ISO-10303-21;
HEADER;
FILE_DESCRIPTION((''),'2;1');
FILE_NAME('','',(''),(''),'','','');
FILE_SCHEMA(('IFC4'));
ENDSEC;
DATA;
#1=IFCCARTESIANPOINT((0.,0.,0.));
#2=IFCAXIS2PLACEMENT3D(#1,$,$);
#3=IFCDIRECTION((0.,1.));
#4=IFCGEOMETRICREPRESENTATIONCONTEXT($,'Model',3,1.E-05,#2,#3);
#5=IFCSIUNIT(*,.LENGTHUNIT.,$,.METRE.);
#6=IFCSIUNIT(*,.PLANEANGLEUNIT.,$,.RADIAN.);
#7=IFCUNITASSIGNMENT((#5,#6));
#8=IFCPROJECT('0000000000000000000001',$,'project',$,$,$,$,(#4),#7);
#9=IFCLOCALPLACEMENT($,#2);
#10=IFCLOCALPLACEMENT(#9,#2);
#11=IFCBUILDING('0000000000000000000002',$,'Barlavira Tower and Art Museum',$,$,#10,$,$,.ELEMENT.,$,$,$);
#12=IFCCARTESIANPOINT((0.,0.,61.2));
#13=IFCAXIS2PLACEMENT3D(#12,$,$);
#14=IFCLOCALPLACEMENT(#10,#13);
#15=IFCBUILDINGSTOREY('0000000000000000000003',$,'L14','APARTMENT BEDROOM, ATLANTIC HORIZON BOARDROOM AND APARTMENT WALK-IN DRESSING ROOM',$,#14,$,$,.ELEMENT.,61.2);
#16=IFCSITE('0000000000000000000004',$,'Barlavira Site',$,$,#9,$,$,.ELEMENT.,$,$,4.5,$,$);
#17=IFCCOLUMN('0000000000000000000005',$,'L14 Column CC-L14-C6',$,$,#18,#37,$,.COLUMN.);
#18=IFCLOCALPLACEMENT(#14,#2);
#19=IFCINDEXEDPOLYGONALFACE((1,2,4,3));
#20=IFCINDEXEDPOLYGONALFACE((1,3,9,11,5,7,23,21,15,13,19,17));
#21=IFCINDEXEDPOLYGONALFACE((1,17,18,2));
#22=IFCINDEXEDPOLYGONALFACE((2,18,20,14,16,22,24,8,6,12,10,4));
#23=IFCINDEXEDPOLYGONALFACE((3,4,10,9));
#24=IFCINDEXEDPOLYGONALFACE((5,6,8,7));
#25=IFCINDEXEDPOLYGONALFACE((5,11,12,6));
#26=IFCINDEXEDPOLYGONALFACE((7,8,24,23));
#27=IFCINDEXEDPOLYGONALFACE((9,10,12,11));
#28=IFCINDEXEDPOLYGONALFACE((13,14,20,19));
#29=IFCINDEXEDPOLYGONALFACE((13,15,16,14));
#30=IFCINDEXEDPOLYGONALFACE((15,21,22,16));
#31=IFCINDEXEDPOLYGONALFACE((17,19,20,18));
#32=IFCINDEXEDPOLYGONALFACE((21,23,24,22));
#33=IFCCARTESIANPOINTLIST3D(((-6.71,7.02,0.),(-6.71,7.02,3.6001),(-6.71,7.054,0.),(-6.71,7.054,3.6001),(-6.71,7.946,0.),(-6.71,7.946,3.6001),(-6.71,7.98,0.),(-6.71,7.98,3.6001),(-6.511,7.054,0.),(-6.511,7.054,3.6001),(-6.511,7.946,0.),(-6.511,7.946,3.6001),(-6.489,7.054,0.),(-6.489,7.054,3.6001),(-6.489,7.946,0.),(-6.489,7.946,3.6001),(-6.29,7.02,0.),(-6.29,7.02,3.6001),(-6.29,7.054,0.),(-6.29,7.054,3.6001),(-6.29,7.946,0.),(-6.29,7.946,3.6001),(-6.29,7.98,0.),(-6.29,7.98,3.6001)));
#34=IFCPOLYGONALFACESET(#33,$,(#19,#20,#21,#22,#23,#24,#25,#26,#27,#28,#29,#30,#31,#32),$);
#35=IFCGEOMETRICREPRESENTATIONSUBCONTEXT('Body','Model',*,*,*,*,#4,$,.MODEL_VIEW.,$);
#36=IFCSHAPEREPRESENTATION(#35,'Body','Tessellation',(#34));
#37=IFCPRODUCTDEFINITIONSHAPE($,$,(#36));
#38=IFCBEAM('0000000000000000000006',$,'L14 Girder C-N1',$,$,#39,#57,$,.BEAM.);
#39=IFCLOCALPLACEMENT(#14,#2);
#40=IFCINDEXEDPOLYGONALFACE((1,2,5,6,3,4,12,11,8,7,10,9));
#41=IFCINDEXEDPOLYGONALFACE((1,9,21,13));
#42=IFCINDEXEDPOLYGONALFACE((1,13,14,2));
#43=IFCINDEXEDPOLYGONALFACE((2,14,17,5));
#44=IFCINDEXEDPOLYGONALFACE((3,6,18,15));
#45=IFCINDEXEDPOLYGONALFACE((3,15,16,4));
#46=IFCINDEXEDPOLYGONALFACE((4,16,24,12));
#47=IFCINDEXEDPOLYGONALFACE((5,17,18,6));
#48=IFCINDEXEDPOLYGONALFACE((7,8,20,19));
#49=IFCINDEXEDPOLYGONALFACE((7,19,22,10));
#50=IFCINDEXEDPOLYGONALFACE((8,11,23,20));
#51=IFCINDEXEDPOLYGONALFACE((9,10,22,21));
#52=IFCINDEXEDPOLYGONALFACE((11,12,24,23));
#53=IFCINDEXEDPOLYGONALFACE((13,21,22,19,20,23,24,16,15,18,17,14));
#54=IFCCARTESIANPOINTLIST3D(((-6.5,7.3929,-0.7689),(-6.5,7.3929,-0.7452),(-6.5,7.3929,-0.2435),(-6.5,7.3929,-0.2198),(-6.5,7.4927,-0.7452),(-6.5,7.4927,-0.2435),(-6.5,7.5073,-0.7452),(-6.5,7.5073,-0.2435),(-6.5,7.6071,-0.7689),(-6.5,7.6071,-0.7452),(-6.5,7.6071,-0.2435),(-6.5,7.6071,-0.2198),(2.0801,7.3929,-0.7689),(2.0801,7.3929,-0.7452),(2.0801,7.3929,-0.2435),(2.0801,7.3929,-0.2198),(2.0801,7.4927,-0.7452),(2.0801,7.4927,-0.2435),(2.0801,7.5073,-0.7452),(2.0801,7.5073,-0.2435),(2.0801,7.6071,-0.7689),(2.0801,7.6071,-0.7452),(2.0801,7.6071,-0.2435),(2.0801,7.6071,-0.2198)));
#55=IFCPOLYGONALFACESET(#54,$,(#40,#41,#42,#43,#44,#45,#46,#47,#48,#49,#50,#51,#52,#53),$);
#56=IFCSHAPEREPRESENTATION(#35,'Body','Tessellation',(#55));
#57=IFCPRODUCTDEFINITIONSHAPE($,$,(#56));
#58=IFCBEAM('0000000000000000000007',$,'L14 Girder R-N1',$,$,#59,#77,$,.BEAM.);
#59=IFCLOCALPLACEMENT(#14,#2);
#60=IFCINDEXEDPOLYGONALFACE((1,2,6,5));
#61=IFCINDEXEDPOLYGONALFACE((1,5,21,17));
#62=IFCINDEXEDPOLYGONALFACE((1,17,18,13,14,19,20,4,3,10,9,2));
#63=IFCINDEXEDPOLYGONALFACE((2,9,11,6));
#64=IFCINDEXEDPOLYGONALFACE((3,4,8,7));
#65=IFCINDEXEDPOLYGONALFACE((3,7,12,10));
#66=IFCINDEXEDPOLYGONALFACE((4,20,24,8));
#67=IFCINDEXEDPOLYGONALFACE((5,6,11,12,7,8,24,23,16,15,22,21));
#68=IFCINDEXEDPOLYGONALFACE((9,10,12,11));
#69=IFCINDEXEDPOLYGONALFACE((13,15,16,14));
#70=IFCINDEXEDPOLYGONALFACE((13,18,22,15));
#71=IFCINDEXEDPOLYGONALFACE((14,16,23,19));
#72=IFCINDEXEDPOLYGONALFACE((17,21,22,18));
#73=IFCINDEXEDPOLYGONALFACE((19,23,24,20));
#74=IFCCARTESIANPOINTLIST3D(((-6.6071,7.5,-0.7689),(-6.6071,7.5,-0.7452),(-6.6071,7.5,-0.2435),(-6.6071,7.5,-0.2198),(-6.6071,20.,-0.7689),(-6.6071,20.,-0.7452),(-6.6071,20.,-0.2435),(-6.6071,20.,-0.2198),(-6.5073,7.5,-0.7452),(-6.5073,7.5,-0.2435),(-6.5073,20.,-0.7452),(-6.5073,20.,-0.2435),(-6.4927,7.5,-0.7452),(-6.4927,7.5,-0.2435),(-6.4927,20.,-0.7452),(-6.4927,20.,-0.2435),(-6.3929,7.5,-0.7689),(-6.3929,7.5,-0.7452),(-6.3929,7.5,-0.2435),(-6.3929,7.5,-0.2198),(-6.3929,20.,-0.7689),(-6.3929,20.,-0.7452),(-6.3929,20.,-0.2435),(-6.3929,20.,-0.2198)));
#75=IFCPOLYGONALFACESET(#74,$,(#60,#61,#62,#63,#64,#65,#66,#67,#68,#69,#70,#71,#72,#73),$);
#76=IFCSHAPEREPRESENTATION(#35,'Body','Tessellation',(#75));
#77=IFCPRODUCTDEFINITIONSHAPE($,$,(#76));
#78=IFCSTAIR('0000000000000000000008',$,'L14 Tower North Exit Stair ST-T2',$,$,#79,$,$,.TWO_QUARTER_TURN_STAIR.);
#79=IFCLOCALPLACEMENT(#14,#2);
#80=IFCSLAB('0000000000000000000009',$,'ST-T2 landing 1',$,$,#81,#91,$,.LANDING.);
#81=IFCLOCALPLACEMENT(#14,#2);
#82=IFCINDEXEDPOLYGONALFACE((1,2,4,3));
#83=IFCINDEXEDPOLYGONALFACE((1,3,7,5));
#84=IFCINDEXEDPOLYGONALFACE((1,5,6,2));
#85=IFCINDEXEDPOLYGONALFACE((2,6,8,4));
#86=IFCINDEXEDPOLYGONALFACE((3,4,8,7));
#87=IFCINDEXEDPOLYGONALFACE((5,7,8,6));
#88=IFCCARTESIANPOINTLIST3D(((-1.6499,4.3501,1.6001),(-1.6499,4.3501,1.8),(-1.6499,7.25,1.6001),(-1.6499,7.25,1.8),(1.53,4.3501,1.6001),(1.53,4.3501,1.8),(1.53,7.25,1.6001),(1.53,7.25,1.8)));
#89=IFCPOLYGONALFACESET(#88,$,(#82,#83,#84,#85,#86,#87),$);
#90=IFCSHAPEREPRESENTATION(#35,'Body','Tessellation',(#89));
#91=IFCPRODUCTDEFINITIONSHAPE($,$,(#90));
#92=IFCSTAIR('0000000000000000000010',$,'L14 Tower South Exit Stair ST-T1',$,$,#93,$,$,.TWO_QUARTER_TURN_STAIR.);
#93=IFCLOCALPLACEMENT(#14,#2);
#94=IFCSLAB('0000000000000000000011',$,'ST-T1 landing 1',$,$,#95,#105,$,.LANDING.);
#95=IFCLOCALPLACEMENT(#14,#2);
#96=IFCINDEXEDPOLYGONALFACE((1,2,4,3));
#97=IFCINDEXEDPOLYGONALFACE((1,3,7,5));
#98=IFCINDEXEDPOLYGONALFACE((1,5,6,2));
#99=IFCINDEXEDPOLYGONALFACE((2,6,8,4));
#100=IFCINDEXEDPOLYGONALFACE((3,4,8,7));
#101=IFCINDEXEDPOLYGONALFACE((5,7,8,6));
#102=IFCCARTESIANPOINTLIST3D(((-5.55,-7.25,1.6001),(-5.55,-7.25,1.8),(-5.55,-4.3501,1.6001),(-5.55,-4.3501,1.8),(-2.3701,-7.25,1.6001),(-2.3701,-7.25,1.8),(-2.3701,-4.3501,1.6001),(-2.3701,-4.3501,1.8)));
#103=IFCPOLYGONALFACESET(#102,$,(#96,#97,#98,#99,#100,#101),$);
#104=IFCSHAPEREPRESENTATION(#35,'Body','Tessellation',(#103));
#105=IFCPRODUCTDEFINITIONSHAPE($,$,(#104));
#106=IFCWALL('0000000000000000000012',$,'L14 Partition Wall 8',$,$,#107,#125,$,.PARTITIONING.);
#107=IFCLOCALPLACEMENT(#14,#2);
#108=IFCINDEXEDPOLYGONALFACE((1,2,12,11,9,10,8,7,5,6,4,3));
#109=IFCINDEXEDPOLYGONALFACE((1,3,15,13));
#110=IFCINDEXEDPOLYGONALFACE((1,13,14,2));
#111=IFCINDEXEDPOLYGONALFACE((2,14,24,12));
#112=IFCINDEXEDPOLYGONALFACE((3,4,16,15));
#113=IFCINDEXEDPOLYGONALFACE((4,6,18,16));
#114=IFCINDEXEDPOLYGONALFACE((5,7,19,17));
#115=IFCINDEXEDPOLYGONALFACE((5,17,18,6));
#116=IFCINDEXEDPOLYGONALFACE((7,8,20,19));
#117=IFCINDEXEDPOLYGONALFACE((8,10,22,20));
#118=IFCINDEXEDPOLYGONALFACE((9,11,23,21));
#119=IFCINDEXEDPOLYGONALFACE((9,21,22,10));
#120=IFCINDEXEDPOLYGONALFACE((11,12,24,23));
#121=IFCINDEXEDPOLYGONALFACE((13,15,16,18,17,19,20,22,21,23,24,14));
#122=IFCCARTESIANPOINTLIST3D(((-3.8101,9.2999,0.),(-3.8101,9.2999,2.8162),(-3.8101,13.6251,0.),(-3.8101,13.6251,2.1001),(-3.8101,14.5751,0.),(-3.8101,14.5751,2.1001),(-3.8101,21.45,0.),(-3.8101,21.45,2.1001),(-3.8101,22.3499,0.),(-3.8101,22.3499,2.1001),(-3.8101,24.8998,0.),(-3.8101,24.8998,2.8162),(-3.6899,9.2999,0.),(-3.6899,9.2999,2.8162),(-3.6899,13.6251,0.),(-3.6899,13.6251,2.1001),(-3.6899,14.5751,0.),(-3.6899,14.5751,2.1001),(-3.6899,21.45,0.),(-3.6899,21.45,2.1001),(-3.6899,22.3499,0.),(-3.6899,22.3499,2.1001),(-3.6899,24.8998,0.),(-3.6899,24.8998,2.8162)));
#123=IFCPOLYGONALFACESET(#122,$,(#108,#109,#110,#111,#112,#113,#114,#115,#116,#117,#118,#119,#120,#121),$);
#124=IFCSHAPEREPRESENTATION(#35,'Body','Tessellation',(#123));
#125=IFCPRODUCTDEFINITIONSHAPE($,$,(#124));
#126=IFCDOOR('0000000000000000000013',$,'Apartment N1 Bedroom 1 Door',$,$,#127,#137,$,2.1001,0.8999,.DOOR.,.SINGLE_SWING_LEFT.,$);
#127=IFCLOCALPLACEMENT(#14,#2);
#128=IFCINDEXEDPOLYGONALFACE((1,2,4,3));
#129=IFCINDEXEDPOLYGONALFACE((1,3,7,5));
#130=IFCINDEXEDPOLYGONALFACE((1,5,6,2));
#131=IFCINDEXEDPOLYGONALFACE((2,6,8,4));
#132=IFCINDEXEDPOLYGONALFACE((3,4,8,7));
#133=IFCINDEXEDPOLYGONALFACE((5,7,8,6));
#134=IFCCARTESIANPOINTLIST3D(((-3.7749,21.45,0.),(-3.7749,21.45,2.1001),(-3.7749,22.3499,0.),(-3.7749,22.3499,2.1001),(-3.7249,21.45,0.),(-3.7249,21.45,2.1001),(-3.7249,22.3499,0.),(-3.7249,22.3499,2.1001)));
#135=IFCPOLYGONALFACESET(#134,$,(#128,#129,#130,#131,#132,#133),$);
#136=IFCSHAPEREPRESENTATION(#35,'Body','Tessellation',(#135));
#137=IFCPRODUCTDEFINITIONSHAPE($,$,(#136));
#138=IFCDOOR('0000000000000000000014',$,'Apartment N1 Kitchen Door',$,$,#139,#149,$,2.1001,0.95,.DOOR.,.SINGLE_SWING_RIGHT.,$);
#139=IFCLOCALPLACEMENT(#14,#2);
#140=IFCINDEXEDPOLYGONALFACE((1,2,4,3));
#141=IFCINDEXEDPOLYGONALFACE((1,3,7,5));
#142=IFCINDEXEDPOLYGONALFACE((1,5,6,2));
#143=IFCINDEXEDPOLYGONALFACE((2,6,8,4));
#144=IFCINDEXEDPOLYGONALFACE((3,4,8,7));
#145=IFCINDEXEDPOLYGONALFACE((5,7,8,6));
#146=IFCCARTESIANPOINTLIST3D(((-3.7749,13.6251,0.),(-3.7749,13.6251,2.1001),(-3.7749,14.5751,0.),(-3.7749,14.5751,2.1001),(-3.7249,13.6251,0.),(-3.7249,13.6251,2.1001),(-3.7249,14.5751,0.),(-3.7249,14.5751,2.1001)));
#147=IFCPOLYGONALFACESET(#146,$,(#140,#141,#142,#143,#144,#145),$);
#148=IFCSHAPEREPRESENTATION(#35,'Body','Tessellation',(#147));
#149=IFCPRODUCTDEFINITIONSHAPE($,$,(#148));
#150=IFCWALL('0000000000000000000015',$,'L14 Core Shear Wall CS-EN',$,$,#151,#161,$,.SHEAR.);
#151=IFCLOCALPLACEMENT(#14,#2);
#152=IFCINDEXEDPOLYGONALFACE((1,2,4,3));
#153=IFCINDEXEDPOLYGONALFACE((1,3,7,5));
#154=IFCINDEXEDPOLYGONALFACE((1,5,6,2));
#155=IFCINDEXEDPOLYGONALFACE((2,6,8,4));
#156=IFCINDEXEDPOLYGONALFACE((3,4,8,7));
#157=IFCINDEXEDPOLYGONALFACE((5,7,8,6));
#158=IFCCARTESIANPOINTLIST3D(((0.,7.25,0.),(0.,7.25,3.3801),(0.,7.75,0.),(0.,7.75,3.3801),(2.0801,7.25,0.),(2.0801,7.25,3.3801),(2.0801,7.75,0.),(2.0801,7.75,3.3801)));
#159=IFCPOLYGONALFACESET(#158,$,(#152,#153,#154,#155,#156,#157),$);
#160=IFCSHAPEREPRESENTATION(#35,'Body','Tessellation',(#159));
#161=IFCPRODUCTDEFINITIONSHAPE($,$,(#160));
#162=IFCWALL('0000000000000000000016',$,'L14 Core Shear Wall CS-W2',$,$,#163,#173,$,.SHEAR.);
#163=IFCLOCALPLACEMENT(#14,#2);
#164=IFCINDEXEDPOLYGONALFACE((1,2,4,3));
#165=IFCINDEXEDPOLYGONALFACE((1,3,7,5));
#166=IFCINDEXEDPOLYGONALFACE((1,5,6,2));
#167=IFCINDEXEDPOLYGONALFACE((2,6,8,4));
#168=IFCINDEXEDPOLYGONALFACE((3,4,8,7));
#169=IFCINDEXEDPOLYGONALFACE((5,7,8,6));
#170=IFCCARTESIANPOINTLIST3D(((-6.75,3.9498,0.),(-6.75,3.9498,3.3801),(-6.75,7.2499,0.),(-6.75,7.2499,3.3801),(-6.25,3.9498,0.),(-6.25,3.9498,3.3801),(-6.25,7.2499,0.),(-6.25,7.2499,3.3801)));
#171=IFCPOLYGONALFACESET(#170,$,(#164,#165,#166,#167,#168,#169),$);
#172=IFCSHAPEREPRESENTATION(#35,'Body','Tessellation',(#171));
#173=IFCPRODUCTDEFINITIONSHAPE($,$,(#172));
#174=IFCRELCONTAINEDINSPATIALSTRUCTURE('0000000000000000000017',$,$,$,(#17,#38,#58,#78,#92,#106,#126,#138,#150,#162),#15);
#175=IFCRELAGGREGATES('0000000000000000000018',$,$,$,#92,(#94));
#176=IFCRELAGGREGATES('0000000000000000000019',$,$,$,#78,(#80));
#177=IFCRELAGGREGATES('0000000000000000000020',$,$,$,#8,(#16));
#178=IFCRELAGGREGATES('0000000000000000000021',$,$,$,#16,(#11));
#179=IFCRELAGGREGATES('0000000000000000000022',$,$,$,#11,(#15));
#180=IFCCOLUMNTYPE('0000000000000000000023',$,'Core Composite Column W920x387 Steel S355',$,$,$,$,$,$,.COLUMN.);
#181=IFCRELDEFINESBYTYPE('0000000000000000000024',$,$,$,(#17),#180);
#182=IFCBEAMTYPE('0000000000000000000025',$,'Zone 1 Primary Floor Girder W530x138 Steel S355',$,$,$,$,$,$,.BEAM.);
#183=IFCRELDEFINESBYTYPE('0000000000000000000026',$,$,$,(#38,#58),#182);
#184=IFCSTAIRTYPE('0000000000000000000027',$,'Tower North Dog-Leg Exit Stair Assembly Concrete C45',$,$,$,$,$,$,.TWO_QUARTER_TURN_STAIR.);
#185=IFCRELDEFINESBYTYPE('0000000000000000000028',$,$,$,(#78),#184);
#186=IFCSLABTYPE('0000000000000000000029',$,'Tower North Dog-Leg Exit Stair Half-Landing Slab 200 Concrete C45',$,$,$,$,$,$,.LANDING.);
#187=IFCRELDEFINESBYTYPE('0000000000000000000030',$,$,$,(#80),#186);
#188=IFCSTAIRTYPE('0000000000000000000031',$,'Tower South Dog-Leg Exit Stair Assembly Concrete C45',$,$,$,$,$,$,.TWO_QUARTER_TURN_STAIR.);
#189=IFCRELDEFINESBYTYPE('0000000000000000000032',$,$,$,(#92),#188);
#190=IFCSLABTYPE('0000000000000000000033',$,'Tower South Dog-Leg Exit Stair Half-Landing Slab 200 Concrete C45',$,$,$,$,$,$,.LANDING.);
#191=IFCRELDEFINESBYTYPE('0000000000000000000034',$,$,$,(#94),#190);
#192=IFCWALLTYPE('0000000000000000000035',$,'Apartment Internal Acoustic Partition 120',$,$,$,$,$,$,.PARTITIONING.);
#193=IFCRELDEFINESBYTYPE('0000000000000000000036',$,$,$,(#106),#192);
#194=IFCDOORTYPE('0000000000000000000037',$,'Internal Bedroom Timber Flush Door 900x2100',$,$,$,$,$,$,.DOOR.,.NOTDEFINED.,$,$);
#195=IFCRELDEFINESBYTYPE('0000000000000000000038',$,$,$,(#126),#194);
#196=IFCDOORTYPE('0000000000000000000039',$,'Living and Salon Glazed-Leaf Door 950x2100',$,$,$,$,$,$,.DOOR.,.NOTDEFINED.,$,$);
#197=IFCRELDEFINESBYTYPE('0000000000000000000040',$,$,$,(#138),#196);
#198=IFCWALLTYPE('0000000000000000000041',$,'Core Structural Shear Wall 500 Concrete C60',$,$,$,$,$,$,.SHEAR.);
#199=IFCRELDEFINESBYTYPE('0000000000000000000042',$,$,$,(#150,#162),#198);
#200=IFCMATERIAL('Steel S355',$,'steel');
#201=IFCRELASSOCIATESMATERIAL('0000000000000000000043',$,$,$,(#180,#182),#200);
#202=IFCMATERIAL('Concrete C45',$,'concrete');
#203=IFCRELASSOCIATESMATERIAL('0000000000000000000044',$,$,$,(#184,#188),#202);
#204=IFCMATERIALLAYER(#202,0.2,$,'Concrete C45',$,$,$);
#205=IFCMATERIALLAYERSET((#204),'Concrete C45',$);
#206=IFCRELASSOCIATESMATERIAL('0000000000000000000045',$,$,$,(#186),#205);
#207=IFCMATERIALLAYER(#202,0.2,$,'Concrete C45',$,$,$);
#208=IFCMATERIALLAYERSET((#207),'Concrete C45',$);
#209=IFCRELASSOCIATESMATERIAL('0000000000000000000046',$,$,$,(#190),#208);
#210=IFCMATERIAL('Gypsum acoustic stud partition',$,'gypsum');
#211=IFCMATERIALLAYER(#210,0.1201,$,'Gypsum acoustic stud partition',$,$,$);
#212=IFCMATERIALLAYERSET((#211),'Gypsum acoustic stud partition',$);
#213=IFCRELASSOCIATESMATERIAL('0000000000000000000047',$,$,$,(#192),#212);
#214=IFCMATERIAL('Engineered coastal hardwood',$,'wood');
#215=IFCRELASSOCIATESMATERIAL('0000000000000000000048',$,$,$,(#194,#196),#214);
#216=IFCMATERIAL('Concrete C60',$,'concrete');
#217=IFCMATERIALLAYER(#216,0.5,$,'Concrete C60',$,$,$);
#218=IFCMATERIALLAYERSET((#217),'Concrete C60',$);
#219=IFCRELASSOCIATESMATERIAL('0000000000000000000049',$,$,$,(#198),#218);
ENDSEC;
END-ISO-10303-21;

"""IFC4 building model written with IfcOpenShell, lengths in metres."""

from ifc_helpers import new_model, si_unit, direction, frame, frame_2d, origin, origin_2d, place, context, subcontext, project, spatial, polyline, rectangle, i_section, outline, extrude, material, layer, layer_set, material_profile, profile_set, type_object, element, fill, aggregate, save


model = new_model("IFC4")

# Units and contexts
model_context = context("Model", 3, precision=1e-05, world=origin(), true_north=direction((0.0, 1.0)))
body_context = subcontext(model_context, "Body", "Model", "MODEL_VIEW")
ifc_project = project(units=[si_unit("LENGTHUNIT", "METRE"), si_unit("PLANEANGLEUNIT", "RADIAN")], contexts=[model_context])

# Site, building, storey
site_placement = place(None, origin())
site = spatial("IfcSite", under=ifc_project, at=site_placement, Name="Barlavira Site", CompositionType="ELEMENT", RefElevation=4.5)
building_placement = place(site_placement, origin())
building = spatial("IfcBuilding", under=site, at=building_placement, Name="Barlavira Tower and Art Museum", CompositionType="ELEMENT")
storey_placement = place(building_placement, frame((0.0, 0.0, 61.2)))
storey = spatial("IfcBuildingStorey", under=building, at=storey_placement, Name="L14", Description="APARTMENT BEDROOM, ATLANTIC HORIZON BOARDROOM AND APARTMENT WALK-IN DRESSING ROOM", CompositionType="ELEMENT", Elevation=61.2)

# Column
ifc_material_1 = material(Name="Steel S355", Category="steel")
ifc_material_profile_1 = material_profile(ifc_material_1, i_section(OverallWidth=0.4199, OverallDepth=0.96, WebThickness=0.022, FlangeThickness=0.0339, at=origin_2d()), Name="W920x387.0")
ifc_profile_set_1 = profile_set([ifc_material_profile_1], Name="Steel S355")
column_type = type_object("IfcColumnType", Name="Core Composite Column W920x387 Steel S355", PredefinedType="COLUMN", material=ifc_profile_set_1)
column_placement = place(storey_placement, frame((-6.5, 7.5, 0.0), z_axis=(0.0, 0.0, 1.0), x_axis=(1.0, 0.0, 0.0)))
element("IfcColumn", 1, at=column_placement, inside=storey, type_object=column_type, Name="L14 Column CC-L14-C6", PredefinedType="COLUMN", context=body_context, shape_type="SweptSolid", body=[
    extrude(i_section(OverallWidth=0.4199, OverallDepth=0.96, WebThickness=0.022, FlangeThickness=0.0339, at=origin_2d()), origin(), (0.0, 0.0, 1.0), 3.6001),
])

# Beams
ifc_material_profile_2 = material_profile(ifc_material_1, i_section(OverallWidth=0.2141, OverallDepth=0.5491, WebThickness=0.0146, FlangeThickness=0.0237, at=origin_2d()), Name="W530x138.0")
ifc_profile_set_2 = profile_set([ifc_material_profile_2], Name="Steel S355")
beam_type = type_object("IfcBeamType", Name="Zone 1 Primary Floor Girder W530x138 Steel S355", PredefinedType="BEAM", material=ifc_profile_set_2)
beam_1_placement = place(storey_placement, frame((-6.5, 7.5, -0.4944), z_axis=(1.0, 0.0, 0.0), x_axis=(0.0, 1.0, 0.0)))
element("IfcBeam", 2, at=beam_1_placement, inside=storey, type_object=beam_type, Name="L14 Girder C-N1", PredefinedType="BEAM", context=body_context, shape_type="SweptSolid", body=[
    extrude(i_section(OverallWidth=0.2141, OverallDepth=0.5491, WebThickness=0.0146, FlangeThickness=0.0237, at=origin_2d()), origin(), (0.0, 0.0, 1.0), 8.5801),
])
beam_2_placement = place(storey_placement, frame((-6.5, 7.5, -0.4944), z_axis=(0.0, 1.0, 0.0), x_axis=(-1.0, 0.0, 0.0)))
element("IfcBeam", 3, at=beam_2_placement, inside=storey, type_object=beam_type, Name="L14 Girder R-N1", PredefinedType="BEAM", context=body_context, shape_type="SweptSolid", body=[
    extrude(i_section(OverallWidth=0.2141, OverallDepth=0.5491, WebThickness=0.0146, FlangeThickness=0.0237, at=origin_2d()), origin(), (0.0, 0.0, 1.0), 12.5),
])

# Stairs, slabs
ifc_material_2 = material(Name="Concrete C45", Category="concrete")
stair_type_1 = type_object("IfcStairType", Name="Tower North Dog-Leg Exit Stair Assembly Concrete C45", PredefinedType="TWO_QUARTER_TURN_STAIR", material=ifc_material_2)
stair_1_placement = place(storey_placement, origin())
stair_1 = element("IfcStair", 4, at=stair_1_placement, inside=storey, type_object=stair_type_1, Name="L14 Tower North Exit Stair ST-T2", PredefinedType="TWO_QUARTER_TURN_STAIR")
ifc_layer_1 = layer(ifc_material_2, 0.2, Name="Concrete C45")
ifc_layer_set_1 = layer_set([ifc_layer_1], Name="Concrete C45")
slab_type_1 = type_object("IfcSlabType", Name="Tower North Dog-Leg Exit Stair Half-Landing Slab 200 Concrete C45", PredefinedType="LANDING", material=ifc_layer_set_1)
slab_1_placement = place(storey_placement, frame((0.0, 0.0, 1.6001)))
slab_1 = element("IfcSlab", 5, at=slab_1_placement, type_object=slab_type_1, Name="ST-T2 landing 1", PredefinedType="LANDING", context=body_context, shape_type="SweptSolid", body=[
    extrude(outline(polyline([(-1.6499, 4.3501), (1.53, 4.3501), (1.53, 7.25), (-1.6499, 7.25), (-1.6499, 4.3501)])), origin(), (0.0, 0.0, 1.0), 0.2),
])
stair_type_2 = type_object("IfcStairType", Name="Tower South Dog-Leg Exit Stair Assembly Concrete C45", PredefinedType="TWO_QUARTER_TURN_STAIR", material=ifc_material_2)
stair_2_placement = place(storey_placement, origin())
stair_2 = element("IfcStair", 6, at=stair_2_placement, inside=storey, type_object=stair_type_2, Name="L14 Tower South Exit Stair ST-T1", PredefinedType="TWO_QUARTER_TURN_STAIR")
ifc_layer_2 = layer(ifc_material_2, 0.2, Name="Concrete C45")
ifc_layer_set_2 = layer_set([ifc_layer_2], Name="Concrete C45")
slab_type_2 = type_object("IfcSlabType", Name="Tower South Dog-Leg Exit Stair Half-Landing Slab 200 Concrete C45", PredefinedType="LANDING", material=ifc_layer_set_2)
slab_2_placement = place(storey_placement, frame((0.0, 0.0, 1.6001)))
slab_2 = element("IfcSlab", 7, at=slab_2_placement, type_object=slab_type_2, Name="ST-T1 landing 1", PredefinedType="LANDING", context=body_context, shape_type="SweptSolid", body=[
    extrude(outline(polyline([(-2.3701, -4.3501), (-5.55, -4.3501), (-5.55, -7.25), (-2.3701, -7.25), (-2.3701, -4.3501)])), origin(), (0.0, 0.0, 1.0), 0.2),
])
aggregate(stair_2, [slab_2])

# Wall, openings, doors
ifc_material_3 = material(Name="Gypsum acoustic stud partition", Category="gypsum")
ifc_layer_3 = layer(ifc_material_3, 0.1201, Name="Gypsum acoustic stud partition")
ifc_layer_set_3 = layer_set([ifc_layer_3], Name="Gypsum acoustic stud partition")
wall_type_1 = type_object("IfcWallType", Name="Apartment Internal Acoustic Partition 120", PredefinedType="PARTITIONING", material=ifc_layer_set_3)
wall_1_placement = place(storey_placement, frame((-3.75, 9.3, 0.0), z_axis=(0.0, 0.0, 1.0), x_axis=(0.0, 1.0, 0.0)))
wall_1 = element("IfcWall", 8, at=wall_1_placement, inside=storey, type_object=wall_type_1, Name="L14 Partition Wall 8", PredefinedType="PARTITIONING", context=body_context, shape_type="SweptSolid", body=[
    extrude(rectangle(XDim=15.5999, YDim=0.1201, at=frame_2d((7.7998, 0.0))), origin(), (0.0, 0.0, 1.0), 2.8162),
])
opening_1_placement = place(wall_1_placement, frame((4.325, 0.0, 0.0)))
opening_1 = element("IfcOpeningElement", 9, at=opening_1_placement, cuts=wall_1, PredefinedType="OPENING", context=body_context, shape_type="SweptSolid", body=[
    extrude(rectangle(XDim=0.95, YDim=2.1001, at=frame_2d((0.4751, 1.05))), frame((0.0, 0.0701, 0.0), z_axis=(0.0, -1.0, 0.0), x_axis=(1.0, 0.0, 0.0)), (0.0, 0.0, 1.0), 0.1401),
])
opening_2_placement = place(wall_1_placement, frame((12.1499, 0.0, 0.0)))
opening_2 = element("IfcOpeningElement", 10, at=opening_2_placement, cuts=wall_1, PredefinedType="OPENING", context=body_context, shape_type="SweptSolid", body=[
    extrude(rectangle(XDim=0.8999, YDim=2.1001, at=frame_2d((0.45, 1.05))), frame((0.0, 0.0701, 0.0), z_axis=(0.0, -1.0, 0.0), x_axis=(1.0, 0.0, 0.0)), (0.0, 0.0, 1.0), 0.1401),
])
ifc_material_4 = material(Name="Engineered coastal hardwood", Category="wood")
door_type_1 = type_object("IfcDoorType", Name="Internal Bedroom Timber Flush Door 900x2100", OperationType="NOTDEFINED", PredefinedType="DOOR", material=ifc_material_4)
door_1_placement = place(opening_2_placement, origin())
door_1 = element("IfcDoor", 11, at=door_1_placement, inside=storey, type_object=door_type_1, Name="Apartment N1 Bedroom 1 Door", OperationType="SINGLE_SWING_LEFT", OverallHeight=2.1001, OverallWidth=0.8999, PredefinedType="DOOR", context=body_context, shape_type="SweptSolid", body=[
    extrude(rectangle(XDim=0.8999, YDim=2.1001, at=frame_2d((0.45, 1.05))), frame((0.0, 0.0249, 0.0), z_axis=(0.0, -1.0, 0.0), x_axis=(1.0, 0.0, 0.0)), (0.0, 0.0, 1.0), 0.05),
])
fill(opening_2, door_1)
door_type_2 = type_object("IfcDoorType", Name="Living and Salon Glazed-Leaf Door 950x2100", OperationType="NOTDEFINED", PredefinedType="DOOR", material=ifc_material_4)
door_2_placement = place(opening_1_placement, origin())
door_2 = element("IfcDoor", 12, at=door_2_placement, inside=storey, type_object=door_type_2, Name="Apartment N1 Kitchen Door", OperationType="SINGLE_SWING_RIGHT", OverallHeight=2.1001, OverallWidth=0.95, PredefinedType="DOOR", context=body_context, shape_type="SweptSolid", body=[
    extrude(rectangle(XDim=0.95, YDim=2.1001, at=frame_2d((0.4751, 1.05))), frame((0.0, 0.0249, 0.0), z_axis=(0.0, -1.0, 0.0), x_axis=(1.0, 0.0, 0.0)), (0.0, 0.0, 1.0), 0.05),
])
fill(opening_1, door_2)

# Shared definitions
ifc_material_5 = material(Name="Concrete C60", Category="concrete")
ifc_layer_4 = layer(ifc_material_5, 0.5, Name="Concrete C60")
ifc_layer_set_4 = layer_set([ifc_layer_4], Name="Concrete C60")
wall_type_2 = type_object("IfcWallType", Name="Core Structural Shear Wall 500 Concrete C60", PredefinedType="SHEAR", material=ifc_layer_set_4)

# Walls
wall_2_placement = place(storey_placement, frame((0.0, 7.5, 0.0), z_axis=(0.0, 0.0, 1.0), x_axis=(1.0, 0.0, 0.0)))
element("IfcWall", 13, at=wall_2_placement, inside=storey, type_object=wall_type_2, Name="L14 Core Shear Wall CS-EN", PredefinedType="SHEAR", context=body_context, shape_type="SweptSolid", body=[
    extrude(rectangle(XDim=2.0801, YDim=0.5, at=frame_2d((1.04, 0.0))), origin(), (0.0, 0.0, 1.0), 3.3801),
])
wall_3_placement = place(storey_placement, frame((-6.5, 3.95, 0.0), z_axis=(0.0, 0.0, 1.0), x_axis=(0.0, 1.0, 0.0)))
element("IfcWall", 14, at=wall_3_placement, inside=storey, type_object=wall_type_2, Name="L14 Core Shear Wall CS-W2", PredefinedType="SHEAR", context=body_context, shape_type="SweptSolid", body=[
    extrude(rectangle(XDim=3.3, YDim=0.5, at=frame_2d((1.6499, 0.0))), origin(), (0.0, 0.0, 1.0), 3.3801),
])

aggregate(stair_1, [slab_1])

save(model, "model.ifc")
